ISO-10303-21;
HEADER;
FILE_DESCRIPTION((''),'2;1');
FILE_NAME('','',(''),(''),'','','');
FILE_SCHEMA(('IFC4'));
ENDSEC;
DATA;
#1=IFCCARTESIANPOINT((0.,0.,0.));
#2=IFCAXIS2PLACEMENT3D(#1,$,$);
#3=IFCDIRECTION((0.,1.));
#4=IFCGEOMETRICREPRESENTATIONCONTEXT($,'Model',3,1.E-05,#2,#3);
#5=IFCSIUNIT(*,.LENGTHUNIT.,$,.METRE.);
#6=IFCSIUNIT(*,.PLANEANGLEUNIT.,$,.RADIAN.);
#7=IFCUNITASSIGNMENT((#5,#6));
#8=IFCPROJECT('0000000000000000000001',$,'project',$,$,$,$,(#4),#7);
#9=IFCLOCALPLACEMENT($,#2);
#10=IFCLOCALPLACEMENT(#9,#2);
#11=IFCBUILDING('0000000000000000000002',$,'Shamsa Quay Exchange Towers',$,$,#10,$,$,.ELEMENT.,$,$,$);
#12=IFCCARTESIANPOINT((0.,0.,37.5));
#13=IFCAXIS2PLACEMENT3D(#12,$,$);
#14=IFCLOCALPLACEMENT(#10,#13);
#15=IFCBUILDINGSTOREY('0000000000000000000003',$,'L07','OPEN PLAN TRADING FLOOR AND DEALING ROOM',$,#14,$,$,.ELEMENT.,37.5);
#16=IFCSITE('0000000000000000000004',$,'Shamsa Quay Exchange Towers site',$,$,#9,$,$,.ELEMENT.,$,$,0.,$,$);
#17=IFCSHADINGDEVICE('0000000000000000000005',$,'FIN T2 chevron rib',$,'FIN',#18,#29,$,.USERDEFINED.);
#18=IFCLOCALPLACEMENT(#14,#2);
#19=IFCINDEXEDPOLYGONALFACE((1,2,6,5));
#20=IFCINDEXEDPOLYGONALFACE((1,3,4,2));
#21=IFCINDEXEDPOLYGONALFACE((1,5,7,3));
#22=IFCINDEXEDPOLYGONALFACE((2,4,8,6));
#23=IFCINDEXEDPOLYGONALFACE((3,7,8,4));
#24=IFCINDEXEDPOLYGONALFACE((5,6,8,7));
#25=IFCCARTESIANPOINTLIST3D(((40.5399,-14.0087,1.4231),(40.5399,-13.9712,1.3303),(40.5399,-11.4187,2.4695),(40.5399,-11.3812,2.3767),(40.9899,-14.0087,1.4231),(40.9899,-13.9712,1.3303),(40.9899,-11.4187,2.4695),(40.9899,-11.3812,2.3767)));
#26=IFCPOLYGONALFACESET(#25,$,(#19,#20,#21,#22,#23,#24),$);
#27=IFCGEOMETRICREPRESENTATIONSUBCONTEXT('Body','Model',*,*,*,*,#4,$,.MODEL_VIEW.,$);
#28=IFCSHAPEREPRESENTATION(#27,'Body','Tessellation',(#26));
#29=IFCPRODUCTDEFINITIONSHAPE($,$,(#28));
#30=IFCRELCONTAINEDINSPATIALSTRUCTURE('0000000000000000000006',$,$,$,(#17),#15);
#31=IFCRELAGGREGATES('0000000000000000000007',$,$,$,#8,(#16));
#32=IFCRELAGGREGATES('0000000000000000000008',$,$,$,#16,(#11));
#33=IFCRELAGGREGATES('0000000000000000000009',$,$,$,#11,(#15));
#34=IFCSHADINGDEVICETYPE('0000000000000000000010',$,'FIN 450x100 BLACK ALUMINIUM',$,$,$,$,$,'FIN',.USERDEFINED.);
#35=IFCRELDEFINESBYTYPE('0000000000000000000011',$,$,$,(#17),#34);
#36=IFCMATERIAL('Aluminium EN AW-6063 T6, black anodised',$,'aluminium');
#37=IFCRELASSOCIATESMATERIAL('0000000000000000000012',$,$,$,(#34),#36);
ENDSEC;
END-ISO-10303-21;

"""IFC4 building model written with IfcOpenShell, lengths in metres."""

from ifc_helpers import new_model, si_unit, direction, frame, origin, origin_2d, place, context, subcontext, project, spatial, rectangle, extrude, material, material_profile, profile_set, type_object, element, save


model = new_model("IFC4")

# Units and contexts
model_context = context("Model", 3, precision=1e-05, world=origin(), true_north=direction((0.0, 1.0)))
body_context = subcontext(model_context, "Body", "Model", "MODEL_VIEW")
ifc_project = project(units=[si_unit("LENGTHUNIT", "METRE"), si_unit("PLANEANGLEUNIT", "RADIAN")], contexts=[model_context])

# Site, building, storey
site_placement = place(None, origin())
site = spatial("IfcSite", under=ifc_project, at=site_placement, Name="Shamsa Quay Exchange Towers site", CompositionType="ELEMENT", RefElevation=0.0)
building_placement = place(site_placement, origin())
building = spatial("IfcBuilding", under=site, at=building_placement, Name="Shamsa Quay Exchange Towers", CompositionType="ELEMENT")
storey_placement = place(building_placement, frame((0.0, 0.0, 37.5)))
storey = spatial("IfcBuildingStorey", under=building, at=storey_placement, Name="L07", Description="OPEN PLAN TRADING FLOOR AND DEALING ROOM", CompositionType="ELEMENT", Elevation=37.5)

# Shared definitions
ifc_material_1 = material(Name="Aluminium EN AW-6063 T6, black anodised", Category="aluminium")

# Shading device
ifc_material_profile_1 = material_profile(ifc_material_1, rectangle(XDim=0.45, YDim=0.1001, at=origin_2d()), Name="FIN450x100")
ifc_profile_set_1 = profile_set([ifc_material_profile_1], Name="Aluminium EN AW-6063 T6, black anodised")
shading_device_type = type_object("IfcShadingDeviceType", Name="FIN 450x100 BLACK ALUMINIUM", ElementType="FIN", PredefinedType="USERDEFINED", material=ifc_profile_set_1)
shading_device_1_placement = place(storey_placement, frame((40.7649, -13.99, 1.3767), z_axis=(0.0, 0.927193, 0.374583), x_axis=(-1.0, 0.0, 0.0)))
element("IfcShadingDevice", 1, at=shading_device_1_placement, inside=storey, type_object=shading_device_type, Name="FIN T2 chevron rib", ObjectType="FIN", PredefinedType="USERDEFINED", context=body_context, shape_type="SweptSolid", body=[
    extrude(rectangle(XDim=0.45, YDim=0.1001, at=origin_2d()), origin(), (0.0, 0.0, 1.0), 2.7935),
])

save(model, "model.ifc")
